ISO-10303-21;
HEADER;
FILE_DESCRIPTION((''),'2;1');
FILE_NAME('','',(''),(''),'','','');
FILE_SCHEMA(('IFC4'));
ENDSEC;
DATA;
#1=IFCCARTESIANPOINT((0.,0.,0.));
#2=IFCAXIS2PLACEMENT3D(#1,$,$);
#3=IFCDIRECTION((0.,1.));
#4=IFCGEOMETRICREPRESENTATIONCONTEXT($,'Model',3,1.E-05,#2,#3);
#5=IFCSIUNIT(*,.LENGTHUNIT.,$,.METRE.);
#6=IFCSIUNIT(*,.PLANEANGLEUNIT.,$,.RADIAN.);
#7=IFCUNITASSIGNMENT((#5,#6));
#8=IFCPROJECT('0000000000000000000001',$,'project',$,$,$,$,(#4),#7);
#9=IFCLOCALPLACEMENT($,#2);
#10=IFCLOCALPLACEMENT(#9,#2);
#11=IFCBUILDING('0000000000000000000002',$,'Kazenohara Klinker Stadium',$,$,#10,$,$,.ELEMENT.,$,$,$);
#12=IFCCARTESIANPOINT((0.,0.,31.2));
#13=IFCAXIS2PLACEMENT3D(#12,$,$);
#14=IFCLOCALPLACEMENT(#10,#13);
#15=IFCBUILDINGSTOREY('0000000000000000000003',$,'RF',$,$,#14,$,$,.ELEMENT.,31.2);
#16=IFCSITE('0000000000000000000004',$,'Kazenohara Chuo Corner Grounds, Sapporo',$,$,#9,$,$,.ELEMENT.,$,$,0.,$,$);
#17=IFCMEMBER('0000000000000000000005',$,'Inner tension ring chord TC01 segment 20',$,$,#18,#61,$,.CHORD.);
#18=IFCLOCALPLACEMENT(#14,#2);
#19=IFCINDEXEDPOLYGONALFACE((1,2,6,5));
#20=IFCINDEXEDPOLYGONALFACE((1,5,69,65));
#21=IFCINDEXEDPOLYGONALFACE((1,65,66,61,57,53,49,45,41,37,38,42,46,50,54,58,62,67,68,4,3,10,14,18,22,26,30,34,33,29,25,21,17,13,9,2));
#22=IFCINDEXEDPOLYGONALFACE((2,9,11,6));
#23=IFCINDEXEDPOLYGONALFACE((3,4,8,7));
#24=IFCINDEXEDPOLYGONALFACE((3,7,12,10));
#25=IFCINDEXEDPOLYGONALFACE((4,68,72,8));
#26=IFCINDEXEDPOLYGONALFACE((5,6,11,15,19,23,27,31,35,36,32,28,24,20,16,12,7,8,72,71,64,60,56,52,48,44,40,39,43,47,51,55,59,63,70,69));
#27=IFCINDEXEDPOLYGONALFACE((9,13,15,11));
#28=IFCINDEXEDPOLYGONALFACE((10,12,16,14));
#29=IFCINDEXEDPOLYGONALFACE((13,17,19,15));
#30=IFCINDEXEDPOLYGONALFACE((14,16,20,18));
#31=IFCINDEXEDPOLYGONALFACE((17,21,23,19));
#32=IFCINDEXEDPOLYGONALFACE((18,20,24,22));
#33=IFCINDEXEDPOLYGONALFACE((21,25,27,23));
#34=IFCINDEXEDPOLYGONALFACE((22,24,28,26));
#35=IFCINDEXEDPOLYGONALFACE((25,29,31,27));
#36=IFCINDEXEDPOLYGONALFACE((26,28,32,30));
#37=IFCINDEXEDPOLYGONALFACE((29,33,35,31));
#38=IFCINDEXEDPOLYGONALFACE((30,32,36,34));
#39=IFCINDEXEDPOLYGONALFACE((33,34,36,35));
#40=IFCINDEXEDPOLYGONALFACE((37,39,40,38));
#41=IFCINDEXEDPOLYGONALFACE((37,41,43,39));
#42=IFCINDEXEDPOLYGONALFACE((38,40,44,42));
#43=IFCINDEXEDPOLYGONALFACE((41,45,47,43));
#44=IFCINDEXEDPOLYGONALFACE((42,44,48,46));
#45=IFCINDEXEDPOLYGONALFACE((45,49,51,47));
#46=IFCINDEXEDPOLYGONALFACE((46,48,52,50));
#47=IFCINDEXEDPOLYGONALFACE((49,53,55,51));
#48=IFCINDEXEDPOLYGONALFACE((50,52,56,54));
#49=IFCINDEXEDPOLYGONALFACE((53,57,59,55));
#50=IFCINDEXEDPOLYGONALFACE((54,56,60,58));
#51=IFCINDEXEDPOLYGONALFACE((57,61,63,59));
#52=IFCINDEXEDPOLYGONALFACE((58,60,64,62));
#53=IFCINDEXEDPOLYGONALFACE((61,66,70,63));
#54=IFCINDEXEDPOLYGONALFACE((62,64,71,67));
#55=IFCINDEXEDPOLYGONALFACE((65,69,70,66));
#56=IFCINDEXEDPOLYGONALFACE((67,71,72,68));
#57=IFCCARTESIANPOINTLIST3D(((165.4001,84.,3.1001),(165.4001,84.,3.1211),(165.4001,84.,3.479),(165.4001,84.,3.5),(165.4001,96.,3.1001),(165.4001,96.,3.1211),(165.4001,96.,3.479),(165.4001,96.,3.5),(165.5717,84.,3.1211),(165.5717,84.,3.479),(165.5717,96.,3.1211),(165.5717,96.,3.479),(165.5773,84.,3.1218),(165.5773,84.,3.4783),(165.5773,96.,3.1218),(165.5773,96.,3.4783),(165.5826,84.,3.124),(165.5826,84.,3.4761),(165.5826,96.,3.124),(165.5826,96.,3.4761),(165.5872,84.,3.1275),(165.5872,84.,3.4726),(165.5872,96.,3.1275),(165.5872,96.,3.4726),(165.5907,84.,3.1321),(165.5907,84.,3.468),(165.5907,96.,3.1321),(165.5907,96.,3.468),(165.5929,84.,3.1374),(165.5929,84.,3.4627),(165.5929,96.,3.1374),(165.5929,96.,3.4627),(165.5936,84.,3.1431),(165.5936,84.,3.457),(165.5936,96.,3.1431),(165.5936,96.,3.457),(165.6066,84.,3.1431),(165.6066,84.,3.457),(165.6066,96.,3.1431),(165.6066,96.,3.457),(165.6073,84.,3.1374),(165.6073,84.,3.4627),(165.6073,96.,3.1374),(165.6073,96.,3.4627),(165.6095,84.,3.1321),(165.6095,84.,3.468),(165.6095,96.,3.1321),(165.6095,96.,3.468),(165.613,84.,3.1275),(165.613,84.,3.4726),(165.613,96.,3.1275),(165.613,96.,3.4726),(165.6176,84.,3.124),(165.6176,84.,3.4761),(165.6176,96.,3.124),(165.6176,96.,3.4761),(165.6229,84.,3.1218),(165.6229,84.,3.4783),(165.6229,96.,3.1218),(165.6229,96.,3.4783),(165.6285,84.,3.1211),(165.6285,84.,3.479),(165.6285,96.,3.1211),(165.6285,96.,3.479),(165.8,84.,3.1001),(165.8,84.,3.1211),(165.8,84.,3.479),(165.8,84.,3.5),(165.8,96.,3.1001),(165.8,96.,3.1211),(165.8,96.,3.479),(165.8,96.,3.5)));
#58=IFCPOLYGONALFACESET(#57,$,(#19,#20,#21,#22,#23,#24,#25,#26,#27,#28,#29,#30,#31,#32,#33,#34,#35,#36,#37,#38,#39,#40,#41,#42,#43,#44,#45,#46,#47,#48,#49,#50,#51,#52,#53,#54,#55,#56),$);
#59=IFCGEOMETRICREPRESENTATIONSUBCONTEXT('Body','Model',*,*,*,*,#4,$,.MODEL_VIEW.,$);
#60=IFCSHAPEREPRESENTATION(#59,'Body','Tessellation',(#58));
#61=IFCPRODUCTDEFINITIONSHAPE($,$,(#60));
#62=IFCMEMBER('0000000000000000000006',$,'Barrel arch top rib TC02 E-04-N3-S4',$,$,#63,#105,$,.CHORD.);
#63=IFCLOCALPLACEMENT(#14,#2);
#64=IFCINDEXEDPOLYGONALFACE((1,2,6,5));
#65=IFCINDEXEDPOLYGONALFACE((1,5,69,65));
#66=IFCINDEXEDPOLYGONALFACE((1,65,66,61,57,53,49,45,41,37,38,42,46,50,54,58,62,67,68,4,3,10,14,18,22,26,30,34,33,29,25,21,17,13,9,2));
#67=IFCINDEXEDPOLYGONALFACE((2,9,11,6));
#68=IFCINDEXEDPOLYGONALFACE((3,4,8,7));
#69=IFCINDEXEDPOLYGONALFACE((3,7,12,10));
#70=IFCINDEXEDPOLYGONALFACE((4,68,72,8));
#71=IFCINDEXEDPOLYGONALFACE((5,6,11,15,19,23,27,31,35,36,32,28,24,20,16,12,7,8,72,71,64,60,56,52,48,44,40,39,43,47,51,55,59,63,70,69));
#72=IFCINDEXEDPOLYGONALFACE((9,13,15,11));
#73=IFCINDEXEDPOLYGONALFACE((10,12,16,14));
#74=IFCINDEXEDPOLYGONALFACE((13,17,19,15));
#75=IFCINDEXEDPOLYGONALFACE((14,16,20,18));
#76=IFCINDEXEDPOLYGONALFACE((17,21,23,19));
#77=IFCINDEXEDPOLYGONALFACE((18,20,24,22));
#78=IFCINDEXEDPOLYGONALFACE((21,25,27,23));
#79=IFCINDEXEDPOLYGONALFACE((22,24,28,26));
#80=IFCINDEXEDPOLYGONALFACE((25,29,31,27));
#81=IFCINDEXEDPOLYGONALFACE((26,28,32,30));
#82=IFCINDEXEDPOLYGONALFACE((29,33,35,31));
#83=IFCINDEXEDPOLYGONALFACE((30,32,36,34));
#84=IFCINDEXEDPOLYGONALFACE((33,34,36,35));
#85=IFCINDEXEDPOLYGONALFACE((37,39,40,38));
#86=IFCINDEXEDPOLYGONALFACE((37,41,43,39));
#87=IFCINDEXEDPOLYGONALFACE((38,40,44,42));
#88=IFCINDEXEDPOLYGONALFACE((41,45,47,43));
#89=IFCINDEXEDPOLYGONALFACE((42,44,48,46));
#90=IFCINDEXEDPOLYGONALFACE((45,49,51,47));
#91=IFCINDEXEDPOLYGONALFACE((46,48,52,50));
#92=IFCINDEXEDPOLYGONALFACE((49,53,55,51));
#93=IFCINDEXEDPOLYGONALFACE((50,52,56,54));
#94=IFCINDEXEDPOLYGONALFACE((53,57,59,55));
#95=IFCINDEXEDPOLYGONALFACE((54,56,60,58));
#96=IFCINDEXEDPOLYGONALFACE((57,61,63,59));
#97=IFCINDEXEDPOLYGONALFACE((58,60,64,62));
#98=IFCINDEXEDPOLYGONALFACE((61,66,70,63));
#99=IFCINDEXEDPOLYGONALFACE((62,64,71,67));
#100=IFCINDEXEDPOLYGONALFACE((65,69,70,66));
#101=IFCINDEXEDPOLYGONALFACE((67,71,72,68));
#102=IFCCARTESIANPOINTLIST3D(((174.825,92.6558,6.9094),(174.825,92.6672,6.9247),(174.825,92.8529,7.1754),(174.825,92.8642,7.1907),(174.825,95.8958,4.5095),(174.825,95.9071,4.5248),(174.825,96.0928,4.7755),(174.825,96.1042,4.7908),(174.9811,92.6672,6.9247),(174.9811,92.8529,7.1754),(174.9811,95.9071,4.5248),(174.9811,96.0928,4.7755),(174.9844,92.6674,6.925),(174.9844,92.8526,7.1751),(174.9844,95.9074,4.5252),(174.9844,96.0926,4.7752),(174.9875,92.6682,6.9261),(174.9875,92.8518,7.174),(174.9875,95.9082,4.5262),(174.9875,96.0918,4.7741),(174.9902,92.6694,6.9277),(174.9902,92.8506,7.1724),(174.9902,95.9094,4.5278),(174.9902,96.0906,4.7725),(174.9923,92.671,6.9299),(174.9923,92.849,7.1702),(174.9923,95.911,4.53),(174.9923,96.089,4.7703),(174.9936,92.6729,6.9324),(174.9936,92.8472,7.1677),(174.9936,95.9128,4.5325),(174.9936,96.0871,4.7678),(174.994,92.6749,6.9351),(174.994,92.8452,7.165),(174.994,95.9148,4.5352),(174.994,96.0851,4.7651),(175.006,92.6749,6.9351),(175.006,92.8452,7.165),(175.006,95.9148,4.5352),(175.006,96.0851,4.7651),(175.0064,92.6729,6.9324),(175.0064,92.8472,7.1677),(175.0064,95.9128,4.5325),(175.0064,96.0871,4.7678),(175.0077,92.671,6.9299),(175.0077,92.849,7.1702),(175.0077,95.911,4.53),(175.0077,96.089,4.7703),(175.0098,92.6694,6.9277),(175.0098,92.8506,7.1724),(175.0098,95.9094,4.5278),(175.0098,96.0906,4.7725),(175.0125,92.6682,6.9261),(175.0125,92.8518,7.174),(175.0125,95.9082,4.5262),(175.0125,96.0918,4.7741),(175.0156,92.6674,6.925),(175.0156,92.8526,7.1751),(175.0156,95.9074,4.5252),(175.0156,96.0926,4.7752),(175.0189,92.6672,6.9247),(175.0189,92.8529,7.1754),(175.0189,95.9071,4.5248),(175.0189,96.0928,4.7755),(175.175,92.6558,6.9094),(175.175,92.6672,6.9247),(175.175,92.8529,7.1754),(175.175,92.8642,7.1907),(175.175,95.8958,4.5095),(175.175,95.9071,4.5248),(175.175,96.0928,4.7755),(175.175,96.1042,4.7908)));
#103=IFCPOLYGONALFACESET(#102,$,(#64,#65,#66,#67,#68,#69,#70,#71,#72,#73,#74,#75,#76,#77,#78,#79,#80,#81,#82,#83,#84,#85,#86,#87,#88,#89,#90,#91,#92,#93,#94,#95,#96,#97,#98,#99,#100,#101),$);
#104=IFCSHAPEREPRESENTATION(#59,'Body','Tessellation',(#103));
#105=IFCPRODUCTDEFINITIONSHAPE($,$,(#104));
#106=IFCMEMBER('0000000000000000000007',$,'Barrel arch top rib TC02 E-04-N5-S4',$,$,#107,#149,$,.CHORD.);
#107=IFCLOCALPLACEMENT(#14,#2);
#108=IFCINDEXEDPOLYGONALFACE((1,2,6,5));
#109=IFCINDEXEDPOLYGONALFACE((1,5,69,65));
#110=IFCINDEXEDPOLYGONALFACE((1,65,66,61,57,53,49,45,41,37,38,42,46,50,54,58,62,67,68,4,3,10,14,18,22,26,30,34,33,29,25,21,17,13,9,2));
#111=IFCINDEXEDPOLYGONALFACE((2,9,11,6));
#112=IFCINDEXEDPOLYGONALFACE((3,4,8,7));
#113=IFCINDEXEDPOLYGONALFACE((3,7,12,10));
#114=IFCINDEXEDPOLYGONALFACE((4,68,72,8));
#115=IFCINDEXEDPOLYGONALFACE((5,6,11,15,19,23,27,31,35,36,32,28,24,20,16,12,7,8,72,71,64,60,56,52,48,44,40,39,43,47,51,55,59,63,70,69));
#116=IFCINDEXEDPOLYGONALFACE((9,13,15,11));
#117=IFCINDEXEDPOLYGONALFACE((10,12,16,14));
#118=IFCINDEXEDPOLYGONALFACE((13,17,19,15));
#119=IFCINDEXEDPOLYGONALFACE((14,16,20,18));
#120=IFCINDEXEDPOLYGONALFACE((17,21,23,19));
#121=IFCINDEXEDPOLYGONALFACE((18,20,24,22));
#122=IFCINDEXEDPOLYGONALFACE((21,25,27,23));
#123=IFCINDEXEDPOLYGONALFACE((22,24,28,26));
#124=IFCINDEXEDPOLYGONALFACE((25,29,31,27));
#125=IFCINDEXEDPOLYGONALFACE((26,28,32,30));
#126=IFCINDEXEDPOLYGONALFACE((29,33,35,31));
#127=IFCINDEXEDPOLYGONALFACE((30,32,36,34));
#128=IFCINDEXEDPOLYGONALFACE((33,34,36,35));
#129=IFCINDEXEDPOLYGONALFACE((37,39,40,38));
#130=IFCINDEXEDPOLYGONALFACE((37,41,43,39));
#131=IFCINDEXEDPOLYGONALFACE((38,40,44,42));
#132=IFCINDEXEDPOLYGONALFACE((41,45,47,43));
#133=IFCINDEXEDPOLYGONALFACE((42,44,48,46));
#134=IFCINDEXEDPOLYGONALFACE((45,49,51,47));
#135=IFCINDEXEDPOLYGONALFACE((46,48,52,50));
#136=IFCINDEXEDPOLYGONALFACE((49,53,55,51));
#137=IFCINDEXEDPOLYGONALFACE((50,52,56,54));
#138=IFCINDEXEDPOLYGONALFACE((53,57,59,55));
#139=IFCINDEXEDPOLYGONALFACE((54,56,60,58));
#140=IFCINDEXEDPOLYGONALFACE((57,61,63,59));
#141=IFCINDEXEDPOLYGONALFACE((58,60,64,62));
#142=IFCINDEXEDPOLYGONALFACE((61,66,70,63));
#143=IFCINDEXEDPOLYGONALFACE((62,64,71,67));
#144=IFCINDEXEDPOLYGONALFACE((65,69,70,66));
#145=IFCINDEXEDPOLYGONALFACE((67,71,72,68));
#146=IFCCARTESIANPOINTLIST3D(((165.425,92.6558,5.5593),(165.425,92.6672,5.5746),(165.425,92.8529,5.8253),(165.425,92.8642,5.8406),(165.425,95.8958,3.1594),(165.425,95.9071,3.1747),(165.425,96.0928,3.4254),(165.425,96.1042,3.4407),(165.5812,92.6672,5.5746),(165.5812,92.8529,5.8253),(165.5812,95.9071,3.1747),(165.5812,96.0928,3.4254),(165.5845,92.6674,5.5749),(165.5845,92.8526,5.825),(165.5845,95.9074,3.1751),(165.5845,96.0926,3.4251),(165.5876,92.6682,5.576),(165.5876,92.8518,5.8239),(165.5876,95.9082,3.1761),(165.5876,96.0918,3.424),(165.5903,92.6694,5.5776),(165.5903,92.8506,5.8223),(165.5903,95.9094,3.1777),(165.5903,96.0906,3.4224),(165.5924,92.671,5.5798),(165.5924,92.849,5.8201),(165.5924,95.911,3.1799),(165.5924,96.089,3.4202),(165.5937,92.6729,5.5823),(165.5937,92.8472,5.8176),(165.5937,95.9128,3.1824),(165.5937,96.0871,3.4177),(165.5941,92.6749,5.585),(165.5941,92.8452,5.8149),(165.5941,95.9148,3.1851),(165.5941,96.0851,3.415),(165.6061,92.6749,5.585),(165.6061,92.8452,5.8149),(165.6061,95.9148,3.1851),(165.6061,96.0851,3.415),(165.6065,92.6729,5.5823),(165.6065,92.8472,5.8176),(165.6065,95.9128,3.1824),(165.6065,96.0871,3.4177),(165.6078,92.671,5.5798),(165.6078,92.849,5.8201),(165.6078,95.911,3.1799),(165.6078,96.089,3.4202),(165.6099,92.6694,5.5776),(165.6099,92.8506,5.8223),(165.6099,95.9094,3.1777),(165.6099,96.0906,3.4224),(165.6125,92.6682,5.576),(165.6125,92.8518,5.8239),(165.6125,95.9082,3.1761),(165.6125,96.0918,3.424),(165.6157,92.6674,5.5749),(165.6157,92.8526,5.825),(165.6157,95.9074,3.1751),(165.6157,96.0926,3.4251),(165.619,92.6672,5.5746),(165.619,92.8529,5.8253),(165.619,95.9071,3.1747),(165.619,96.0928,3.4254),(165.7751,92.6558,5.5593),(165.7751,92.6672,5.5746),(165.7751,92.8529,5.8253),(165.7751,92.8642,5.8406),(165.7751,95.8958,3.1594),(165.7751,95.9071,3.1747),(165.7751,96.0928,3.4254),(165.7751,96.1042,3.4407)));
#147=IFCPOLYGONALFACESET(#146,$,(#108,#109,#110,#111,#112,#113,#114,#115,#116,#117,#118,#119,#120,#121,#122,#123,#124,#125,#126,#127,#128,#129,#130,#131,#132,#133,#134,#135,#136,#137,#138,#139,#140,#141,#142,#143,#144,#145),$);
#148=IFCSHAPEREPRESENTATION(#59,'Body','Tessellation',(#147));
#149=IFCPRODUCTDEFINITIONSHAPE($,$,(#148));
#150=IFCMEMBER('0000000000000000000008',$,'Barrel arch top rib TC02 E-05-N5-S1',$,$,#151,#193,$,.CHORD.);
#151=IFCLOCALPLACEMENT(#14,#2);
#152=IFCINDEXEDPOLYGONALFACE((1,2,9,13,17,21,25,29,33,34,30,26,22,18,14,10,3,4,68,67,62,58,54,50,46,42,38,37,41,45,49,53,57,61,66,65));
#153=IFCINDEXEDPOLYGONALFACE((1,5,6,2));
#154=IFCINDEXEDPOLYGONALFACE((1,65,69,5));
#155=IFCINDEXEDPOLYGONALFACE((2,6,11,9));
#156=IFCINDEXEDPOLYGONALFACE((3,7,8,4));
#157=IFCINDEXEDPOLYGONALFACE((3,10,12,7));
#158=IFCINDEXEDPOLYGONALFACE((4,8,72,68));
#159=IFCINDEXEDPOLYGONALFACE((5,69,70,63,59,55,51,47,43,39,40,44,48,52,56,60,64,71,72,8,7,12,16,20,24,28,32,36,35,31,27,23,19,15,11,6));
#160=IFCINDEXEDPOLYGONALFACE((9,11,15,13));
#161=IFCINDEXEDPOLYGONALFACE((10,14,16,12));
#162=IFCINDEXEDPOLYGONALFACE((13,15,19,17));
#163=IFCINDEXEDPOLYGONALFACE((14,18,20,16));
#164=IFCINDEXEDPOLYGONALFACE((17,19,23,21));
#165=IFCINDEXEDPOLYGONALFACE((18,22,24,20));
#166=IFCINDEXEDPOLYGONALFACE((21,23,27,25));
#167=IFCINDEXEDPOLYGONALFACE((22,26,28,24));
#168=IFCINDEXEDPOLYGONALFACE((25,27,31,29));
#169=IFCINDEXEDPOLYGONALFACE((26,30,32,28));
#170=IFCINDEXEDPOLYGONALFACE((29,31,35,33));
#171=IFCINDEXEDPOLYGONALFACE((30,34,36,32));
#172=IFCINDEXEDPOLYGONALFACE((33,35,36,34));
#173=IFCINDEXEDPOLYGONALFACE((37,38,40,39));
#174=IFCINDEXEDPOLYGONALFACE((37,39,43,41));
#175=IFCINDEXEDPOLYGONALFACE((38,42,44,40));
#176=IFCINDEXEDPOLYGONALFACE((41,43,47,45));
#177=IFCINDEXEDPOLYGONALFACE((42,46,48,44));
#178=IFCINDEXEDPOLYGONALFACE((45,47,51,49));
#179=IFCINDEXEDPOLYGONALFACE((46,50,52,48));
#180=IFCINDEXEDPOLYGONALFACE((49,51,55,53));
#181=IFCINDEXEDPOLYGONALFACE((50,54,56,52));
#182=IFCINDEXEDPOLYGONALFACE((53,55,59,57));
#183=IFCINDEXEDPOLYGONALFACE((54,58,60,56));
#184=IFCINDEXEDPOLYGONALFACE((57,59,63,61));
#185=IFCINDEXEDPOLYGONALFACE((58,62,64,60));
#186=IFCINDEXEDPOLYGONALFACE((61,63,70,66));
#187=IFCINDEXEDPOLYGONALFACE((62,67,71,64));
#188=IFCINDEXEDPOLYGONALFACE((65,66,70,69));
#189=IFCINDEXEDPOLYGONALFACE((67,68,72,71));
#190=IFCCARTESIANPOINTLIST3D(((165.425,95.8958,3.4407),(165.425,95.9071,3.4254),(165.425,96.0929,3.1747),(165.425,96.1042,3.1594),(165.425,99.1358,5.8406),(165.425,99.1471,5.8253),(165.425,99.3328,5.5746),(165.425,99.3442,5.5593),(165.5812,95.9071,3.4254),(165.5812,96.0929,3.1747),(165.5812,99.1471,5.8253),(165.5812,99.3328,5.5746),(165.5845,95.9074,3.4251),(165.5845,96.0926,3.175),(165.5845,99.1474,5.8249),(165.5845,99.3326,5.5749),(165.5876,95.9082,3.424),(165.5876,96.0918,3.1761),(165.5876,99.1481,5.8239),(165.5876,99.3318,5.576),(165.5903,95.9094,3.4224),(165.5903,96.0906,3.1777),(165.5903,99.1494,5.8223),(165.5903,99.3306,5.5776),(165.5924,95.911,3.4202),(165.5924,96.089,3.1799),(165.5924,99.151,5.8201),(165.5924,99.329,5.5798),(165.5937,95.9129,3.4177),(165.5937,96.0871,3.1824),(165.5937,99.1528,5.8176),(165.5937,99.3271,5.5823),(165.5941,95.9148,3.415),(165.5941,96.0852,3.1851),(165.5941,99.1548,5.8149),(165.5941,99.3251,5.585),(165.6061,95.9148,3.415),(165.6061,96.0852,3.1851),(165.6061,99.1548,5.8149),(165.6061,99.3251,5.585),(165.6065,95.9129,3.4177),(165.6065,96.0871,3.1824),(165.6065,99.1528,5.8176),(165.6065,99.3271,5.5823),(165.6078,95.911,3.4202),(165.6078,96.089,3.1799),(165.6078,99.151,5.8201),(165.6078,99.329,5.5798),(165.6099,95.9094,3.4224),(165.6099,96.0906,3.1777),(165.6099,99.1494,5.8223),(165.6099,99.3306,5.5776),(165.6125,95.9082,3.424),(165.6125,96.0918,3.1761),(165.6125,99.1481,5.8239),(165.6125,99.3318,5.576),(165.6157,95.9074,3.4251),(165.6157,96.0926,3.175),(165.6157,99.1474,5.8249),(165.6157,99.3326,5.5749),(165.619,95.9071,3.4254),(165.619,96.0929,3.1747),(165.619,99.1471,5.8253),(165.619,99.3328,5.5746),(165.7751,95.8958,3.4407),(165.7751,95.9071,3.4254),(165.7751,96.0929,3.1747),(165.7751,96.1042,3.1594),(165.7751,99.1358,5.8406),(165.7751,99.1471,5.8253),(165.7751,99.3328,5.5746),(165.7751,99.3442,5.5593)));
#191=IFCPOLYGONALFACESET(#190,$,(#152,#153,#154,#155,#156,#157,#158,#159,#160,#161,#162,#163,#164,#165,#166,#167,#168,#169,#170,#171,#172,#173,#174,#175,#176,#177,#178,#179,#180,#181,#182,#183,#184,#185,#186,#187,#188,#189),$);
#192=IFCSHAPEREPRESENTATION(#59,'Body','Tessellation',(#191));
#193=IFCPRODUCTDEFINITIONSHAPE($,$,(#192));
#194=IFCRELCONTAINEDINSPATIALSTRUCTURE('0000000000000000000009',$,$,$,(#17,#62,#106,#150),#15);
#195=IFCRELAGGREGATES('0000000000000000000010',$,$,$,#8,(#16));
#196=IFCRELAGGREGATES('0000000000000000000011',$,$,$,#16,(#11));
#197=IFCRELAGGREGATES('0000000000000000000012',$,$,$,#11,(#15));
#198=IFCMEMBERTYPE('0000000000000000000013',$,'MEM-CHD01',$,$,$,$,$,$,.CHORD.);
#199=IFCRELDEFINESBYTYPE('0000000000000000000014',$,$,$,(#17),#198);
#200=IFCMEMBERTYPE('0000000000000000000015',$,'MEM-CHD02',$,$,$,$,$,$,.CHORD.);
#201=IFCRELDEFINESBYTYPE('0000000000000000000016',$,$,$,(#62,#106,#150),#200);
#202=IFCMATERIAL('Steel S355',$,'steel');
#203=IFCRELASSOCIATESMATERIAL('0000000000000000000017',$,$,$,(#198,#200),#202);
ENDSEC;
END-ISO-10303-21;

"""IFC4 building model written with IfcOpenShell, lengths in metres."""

from ifc_helpers import new_model, si_unit, direction, frame, origin, origin_2d, place, context, subcontext, project, spatial, i_section, extrude, material, material_profile, profile_set, type_object, element, save


model = new_model("IFC4")

# Units and contexts
model_context = context("Model", 3, precision=1e-05, world=origin(), true_north=direction((0.0, 1.0)))
body_context = subcontext(model_context, "Body", "Model", "MODEL_VIEW")
ifc_project = project(units=[si_unit("LENGTHUNIT", "METRE"), si_unit("PLANEANGLEUNIT", "RADIAN")], contexts=[model_context])

# Site, building, storey
site_placement = place(None, origin())
site = spatial("IfcSite", under=ifc_project, at=site_placement, Name="Kazenohara Chuo Corner Grounds, Sapporo", CompositionType="ELEMENT", RefElevation=0.0)
building_placement = place(site_placement, origin())
building = spatial("IfcBuilding", under=site, at=building_placement, Name="Kazenohara Klinker Stadium", CompositionType="ELEMENT")
storey_placement = place(building_placement, frame((0.0, 0.0, 31.2)))
storey = spatial("IfcBuildingStorey", under=building, at=storey_placement, Name="RF", CompositionType="ELEMENT", Elevation=31.2)

# Members
ifc_material_1 = material(Name="Steel S355", Category="steel")
ifc_material_profile_1 = material_profile(ifc_material_1, i_section(OverallWidth=0.3999, OverallDepth=0.3999, WebThickness=0.0129, FlangeThickness=0.021, FilletRadius=0.022, at=origin_2d()), Name="H-400x400x13x21")
ifc_profile_set_1 = profile_set([ifc_material_profile_1], Name="Steel S355")
member_type_1 = type_object("IfcMemberType", Name="MEM-CHD01", PredefinedType="CHORD", material=ifc_profile_set_1)
member_1_placement = place(storey_placement, frame((165.6001, 96.0, 3.3), z_axis=(0.0, -1.0, 0.0), x_axis=(1.0, 0.0, 0.0)))
element("IfcMember", 1, at=member_1_placement, inside=storey, type_object=member_type_1, Name="Inner tension ring chord TC01 segment 20", PredefinedType="CHORD", context=body_context, shape_type="SweptSolid", body=[
    extrude(i_section(OverallWidth=0.3999, OverallDepth=0.3999, WebThickness=0.0129, FlangeThickness=0.021, FilletRadius=0.022, at=origin_2d()), origin(), (0.0, 0.0, 1.0), 12.0),
])
ifc_material_profile_2 = material_profile(ifc_material_1, i_section(OverallWidth=0.3501, OverallDepth=0.3501, WebThickness=0.012, FlangeThickness=0.019, FilletRadius=0.0129, at=origin_2d()), Name="H-350x350x12x19")
ifc_profile_set_2 = profile_set([ifc_material_profile_2], Name="Steel S355")
member_type_2 = type_object("IfcMemberType", Name="MEM-CHD02", PredefinedType="CHORD", material=ifc_profile_set_2)
for number, where, z_axis, x_axis, name in (
    (2, (175.0, 92.76, 7.05), (0.0, 0.803568, -0.595213), (-1.0, 0.0, 0.0), "Barrel arch top rib TC02 E-04-N3-S4"),
    (3, (165.6001, 92.76, 5.7), (0.0, 0.803568, -0.595213), (-1.0, 0.0, 0.0), "Barrel arch top rib TC02 E-04-N5-S4"),
    (4, (165.6001, 96.0, 3.3), (0.0, 0.803568, 0.595213), (-1.0, 0.0, 0.0), "Barrel arch top rib TC02 E-05-N5-S1"),
):
    element("IfcMember", number, at=place(storey_placement, frame(where, z_axis=z_axis, x_axis=x_axis)), inside=storey, type_object=member_type_2, Name=name, PredefinedType="CHORD", context=body_context, shape_type="SweptSolid", body=[
        extrude(i_section(OverallWidth=0.3501, OverallDepth=0.3501, WebThickness=0.012, FlangeThickness=0.019, FilletRadius=0.0129, at=origin_2d()), origin(), (0.0, 0.0, 1.0), 4.032),
    ])

save(model, "model.ifc")
